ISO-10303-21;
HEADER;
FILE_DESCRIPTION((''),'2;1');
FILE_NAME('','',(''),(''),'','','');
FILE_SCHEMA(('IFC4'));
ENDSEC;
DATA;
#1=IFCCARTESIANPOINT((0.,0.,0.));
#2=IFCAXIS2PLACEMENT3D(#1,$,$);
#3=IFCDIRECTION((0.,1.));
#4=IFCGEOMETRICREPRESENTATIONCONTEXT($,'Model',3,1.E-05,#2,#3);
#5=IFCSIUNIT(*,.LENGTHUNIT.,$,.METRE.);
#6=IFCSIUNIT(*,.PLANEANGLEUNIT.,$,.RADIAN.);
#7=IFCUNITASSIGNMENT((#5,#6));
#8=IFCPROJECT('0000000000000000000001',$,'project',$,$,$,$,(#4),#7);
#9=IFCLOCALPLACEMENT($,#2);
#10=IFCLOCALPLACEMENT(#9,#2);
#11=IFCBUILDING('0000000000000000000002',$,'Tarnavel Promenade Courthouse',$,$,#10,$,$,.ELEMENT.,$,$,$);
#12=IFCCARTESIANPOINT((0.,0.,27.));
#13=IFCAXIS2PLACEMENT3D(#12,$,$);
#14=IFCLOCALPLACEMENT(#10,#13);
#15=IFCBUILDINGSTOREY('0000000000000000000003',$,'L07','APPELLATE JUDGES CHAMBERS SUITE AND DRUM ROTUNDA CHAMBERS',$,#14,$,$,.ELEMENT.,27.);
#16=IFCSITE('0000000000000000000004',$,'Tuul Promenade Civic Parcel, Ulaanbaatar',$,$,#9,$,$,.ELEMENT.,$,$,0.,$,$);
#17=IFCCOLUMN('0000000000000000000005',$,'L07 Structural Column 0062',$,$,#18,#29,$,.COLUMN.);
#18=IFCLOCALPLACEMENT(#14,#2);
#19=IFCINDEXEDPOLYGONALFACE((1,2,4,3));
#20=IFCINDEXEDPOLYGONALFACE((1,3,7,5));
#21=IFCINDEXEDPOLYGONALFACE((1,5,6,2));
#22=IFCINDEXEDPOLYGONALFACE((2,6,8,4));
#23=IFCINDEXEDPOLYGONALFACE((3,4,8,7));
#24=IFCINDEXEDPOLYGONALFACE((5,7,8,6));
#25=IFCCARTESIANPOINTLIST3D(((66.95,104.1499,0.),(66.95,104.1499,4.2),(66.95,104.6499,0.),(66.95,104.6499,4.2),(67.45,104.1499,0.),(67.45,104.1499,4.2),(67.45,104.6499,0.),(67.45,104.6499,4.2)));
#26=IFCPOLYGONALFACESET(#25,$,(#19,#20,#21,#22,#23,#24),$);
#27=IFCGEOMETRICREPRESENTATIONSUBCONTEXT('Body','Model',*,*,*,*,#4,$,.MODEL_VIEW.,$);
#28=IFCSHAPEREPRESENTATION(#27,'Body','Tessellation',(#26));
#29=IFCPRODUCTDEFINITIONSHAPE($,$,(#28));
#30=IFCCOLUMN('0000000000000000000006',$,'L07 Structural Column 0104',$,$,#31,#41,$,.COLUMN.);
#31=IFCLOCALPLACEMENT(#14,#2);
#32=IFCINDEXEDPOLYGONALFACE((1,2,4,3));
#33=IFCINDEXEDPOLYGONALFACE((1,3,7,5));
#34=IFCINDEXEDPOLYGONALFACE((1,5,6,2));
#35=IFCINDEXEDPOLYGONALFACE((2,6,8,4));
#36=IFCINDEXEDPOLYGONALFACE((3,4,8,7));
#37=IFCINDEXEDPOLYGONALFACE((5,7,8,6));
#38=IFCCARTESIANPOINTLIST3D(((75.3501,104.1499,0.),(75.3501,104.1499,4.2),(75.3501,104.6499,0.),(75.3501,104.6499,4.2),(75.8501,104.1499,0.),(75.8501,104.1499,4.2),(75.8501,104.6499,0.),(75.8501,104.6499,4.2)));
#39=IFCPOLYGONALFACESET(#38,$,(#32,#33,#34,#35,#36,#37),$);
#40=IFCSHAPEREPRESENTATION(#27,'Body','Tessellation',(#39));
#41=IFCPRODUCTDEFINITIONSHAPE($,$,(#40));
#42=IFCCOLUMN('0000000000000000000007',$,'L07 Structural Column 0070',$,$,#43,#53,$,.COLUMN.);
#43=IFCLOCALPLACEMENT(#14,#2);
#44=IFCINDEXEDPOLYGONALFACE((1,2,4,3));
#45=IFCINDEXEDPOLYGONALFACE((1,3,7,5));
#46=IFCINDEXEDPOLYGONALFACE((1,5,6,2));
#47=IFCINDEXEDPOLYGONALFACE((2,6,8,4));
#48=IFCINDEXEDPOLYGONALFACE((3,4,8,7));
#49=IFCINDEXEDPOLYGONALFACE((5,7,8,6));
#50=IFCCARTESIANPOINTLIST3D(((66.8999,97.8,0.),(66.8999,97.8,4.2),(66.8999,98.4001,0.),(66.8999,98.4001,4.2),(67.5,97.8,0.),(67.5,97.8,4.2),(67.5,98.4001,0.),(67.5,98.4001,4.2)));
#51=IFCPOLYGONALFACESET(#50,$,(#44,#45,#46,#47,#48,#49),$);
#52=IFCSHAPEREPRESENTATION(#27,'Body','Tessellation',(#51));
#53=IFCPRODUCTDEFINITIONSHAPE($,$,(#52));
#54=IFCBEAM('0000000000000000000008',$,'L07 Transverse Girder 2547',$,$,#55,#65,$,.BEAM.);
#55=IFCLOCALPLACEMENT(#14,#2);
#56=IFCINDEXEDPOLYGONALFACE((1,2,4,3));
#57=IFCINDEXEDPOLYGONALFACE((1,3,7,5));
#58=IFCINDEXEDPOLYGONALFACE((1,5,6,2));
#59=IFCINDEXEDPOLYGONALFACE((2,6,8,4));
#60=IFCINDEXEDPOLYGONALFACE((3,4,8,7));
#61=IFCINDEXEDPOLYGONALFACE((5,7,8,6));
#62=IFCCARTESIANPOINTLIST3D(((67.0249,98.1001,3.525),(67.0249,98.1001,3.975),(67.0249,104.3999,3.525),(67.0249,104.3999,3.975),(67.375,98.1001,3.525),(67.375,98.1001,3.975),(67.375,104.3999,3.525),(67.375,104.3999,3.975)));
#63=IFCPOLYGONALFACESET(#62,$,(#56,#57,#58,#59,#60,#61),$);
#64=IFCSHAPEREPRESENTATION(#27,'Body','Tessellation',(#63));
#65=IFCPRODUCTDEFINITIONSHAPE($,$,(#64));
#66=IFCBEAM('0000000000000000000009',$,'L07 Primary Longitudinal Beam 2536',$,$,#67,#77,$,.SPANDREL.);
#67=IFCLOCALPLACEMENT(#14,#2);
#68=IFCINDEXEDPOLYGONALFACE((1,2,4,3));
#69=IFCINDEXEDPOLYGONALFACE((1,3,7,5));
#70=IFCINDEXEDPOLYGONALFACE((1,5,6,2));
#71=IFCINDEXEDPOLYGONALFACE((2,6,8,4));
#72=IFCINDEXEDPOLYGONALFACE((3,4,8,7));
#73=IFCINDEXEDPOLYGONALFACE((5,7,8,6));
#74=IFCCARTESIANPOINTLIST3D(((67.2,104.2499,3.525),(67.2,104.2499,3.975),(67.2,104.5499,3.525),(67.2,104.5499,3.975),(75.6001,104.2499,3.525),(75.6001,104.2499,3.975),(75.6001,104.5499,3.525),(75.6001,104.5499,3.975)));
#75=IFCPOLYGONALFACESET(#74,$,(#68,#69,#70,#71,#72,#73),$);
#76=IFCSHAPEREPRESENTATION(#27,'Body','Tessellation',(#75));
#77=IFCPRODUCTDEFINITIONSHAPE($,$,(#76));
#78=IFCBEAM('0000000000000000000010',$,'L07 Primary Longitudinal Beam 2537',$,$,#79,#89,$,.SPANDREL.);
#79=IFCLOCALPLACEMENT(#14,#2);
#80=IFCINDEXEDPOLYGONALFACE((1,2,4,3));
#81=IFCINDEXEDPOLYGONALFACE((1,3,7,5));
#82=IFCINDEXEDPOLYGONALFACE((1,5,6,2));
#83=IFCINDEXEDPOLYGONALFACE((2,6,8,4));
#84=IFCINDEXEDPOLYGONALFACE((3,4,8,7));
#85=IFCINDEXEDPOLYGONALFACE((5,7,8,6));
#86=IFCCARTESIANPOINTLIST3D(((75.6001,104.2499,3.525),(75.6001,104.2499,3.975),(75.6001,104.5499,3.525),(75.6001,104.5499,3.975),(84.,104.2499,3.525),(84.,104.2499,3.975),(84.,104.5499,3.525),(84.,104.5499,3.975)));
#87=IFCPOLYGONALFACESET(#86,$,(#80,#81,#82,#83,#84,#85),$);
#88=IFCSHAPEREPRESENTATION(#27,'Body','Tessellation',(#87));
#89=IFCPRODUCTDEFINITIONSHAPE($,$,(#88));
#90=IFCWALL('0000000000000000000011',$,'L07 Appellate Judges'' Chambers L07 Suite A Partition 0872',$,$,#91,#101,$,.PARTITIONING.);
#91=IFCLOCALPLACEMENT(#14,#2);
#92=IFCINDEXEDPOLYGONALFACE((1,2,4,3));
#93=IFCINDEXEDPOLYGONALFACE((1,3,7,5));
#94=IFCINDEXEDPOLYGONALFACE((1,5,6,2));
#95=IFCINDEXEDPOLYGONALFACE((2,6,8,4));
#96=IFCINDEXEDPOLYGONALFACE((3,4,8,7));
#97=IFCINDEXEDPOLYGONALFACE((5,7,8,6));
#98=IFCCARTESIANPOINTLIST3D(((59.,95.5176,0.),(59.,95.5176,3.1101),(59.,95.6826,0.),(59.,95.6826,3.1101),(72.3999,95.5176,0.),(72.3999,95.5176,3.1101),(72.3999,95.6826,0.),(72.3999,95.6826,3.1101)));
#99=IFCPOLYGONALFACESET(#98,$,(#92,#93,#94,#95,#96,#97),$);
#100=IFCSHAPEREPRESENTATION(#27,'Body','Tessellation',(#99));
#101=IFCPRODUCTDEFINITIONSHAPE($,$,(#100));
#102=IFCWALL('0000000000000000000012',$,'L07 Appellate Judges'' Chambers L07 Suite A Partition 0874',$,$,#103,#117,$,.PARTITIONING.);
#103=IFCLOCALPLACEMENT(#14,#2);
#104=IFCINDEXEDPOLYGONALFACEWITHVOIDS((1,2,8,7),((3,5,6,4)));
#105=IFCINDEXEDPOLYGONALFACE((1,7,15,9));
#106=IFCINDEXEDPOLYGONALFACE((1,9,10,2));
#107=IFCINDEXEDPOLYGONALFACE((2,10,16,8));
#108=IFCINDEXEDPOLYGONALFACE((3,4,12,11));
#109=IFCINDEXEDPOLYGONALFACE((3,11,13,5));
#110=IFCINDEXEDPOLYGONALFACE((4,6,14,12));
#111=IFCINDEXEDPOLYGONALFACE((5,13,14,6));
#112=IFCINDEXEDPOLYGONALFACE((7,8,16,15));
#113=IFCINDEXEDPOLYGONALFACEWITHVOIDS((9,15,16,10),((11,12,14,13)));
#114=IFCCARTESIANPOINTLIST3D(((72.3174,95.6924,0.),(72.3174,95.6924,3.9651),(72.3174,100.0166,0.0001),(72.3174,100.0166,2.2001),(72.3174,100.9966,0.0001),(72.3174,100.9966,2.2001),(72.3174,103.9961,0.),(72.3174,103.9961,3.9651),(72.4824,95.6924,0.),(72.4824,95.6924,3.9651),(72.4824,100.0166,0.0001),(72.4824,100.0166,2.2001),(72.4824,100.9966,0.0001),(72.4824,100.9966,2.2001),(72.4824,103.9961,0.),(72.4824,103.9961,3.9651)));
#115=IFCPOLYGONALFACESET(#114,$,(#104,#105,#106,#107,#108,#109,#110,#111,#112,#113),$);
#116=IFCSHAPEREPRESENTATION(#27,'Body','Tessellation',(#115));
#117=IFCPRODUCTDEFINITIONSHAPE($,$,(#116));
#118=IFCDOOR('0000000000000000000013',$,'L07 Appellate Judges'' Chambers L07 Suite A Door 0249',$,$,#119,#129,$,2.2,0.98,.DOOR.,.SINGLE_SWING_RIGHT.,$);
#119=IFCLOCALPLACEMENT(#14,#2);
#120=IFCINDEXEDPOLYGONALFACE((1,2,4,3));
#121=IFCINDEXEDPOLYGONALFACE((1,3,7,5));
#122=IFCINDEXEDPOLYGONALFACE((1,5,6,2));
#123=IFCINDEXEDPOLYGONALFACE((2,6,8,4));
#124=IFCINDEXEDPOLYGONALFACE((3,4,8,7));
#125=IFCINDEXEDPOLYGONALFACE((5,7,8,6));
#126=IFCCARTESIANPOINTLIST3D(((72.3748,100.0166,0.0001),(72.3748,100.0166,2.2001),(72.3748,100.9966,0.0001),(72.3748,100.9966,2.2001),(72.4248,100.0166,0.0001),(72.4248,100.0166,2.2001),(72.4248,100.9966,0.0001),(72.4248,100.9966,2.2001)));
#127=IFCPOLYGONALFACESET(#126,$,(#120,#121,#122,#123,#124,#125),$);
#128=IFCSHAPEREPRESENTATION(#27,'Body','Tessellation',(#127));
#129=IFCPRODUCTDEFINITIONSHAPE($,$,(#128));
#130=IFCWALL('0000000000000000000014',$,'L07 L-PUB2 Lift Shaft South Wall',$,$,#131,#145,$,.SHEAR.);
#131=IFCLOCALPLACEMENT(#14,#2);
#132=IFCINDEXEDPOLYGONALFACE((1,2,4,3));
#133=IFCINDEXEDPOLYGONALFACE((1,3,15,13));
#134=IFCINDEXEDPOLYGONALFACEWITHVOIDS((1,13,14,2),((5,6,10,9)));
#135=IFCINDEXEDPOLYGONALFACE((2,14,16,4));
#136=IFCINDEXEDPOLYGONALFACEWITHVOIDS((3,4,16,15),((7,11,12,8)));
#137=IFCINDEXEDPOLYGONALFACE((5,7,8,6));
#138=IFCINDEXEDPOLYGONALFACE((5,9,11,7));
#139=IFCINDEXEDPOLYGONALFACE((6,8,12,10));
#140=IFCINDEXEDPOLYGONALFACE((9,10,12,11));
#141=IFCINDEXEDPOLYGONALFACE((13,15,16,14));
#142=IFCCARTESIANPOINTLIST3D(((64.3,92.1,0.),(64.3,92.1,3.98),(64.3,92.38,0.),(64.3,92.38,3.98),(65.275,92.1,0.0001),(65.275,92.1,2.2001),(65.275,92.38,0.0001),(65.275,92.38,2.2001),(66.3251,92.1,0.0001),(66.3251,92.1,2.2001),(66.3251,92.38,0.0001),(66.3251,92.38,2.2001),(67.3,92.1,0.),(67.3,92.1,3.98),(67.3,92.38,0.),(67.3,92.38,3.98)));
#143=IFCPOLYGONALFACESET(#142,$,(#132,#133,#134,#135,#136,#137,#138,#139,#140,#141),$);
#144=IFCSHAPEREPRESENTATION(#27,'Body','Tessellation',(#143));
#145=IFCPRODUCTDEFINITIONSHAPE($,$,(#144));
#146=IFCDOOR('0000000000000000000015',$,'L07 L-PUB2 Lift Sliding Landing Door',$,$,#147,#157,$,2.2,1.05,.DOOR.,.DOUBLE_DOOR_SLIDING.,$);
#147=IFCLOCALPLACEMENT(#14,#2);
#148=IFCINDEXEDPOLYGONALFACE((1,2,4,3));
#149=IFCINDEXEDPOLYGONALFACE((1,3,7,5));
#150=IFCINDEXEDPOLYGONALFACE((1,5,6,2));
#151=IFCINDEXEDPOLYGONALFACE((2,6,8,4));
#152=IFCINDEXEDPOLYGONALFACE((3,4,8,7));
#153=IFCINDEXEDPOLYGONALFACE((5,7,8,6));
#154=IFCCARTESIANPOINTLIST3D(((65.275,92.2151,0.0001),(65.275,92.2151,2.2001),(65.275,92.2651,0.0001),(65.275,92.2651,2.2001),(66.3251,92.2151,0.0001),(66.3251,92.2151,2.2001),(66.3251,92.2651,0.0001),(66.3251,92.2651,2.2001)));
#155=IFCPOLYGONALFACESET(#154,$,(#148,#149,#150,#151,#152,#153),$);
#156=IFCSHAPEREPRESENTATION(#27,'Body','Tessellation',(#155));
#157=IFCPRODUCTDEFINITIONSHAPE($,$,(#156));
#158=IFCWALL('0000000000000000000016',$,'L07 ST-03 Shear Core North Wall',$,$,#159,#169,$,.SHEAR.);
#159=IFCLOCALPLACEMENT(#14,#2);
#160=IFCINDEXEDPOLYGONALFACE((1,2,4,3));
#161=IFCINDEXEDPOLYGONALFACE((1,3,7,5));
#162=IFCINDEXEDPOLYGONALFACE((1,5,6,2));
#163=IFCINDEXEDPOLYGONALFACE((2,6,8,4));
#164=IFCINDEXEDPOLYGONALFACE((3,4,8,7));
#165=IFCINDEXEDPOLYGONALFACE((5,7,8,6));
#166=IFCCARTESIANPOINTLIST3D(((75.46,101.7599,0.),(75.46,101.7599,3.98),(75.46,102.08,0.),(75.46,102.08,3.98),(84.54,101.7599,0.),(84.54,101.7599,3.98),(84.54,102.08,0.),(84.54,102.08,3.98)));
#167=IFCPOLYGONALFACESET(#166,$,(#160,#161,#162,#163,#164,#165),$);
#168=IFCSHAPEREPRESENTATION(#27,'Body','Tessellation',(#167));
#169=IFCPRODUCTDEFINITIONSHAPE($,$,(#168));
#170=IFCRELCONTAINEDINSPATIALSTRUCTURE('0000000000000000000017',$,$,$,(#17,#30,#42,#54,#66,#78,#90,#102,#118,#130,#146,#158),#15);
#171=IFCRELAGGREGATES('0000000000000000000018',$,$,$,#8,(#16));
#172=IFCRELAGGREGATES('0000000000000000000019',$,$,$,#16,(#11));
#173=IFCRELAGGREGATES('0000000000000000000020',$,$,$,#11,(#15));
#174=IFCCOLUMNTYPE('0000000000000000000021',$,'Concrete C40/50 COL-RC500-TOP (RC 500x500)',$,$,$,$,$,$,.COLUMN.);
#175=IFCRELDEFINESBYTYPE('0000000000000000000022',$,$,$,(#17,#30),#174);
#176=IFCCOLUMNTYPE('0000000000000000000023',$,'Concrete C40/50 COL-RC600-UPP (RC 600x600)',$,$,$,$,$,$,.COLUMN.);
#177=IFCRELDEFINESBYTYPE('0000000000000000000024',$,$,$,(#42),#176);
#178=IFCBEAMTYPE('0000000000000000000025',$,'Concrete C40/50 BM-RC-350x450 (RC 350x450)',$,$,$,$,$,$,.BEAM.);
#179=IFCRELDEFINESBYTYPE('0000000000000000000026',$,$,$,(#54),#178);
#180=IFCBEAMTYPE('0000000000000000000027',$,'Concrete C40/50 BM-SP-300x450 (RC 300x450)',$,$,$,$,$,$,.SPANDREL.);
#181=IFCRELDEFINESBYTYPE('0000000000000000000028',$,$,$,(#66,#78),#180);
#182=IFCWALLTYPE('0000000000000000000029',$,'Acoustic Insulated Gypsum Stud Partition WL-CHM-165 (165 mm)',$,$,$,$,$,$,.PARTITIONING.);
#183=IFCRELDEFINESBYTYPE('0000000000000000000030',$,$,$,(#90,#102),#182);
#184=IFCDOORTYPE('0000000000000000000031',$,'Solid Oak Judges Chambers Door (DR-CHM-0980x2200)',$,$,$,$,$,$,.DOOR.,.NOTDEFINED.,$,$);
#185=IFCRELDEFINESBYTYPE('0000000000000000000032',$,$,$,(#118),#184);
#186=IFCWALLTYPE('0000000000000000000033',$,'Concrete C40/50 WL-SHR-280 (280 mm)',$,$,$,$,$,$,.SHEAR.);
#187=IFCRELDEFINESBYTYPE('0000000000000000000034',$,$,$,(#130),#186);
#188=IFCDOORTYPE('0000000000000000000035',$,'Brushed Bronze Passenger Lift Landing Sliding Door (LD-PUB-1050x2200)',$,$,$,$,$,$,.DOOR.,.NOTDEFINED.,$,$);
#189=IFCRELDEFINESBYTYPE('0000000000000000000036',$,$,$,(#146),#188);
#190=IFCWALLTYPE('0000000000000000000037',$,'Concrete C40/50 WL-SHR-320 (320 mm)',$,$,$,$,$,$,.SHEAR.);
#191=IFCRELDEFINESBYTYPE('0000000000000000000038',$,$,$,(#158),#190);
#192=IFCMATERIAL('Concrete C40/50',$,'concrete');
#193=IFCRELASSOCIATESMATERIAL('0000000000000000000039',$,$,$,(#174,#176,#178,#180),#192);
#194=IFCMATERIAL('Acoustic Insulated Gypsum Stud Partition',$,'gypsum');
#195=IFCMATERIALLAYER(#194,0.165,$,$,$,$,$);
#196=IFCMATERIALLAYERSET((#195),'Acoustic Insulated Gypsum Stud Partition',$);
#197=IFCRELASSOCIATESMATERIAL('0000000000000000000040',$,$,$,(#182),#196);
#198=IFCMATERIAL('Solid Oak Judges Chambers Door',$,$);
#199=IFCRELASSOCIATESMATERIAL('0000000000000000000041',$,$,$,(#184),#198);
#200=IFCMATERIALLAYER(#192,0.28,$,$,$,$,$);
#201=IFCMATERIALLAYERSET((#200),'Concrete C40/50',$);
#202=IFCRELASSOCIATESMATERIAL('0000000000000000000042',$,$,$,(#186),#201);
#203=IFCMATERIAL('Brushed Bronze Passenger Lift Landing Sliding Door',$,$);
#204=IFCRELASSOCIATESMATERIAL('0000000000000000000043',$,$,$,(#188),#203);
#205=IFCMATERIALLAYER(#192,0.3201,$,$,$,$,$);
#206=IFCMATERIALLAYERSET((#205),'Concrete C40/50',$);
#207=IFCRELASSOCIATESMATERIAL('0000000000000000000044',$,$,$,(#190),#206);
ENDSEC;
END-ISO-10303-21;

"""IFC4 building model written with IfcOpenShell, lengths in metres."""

from ifc_helpers import new_model, si_unit, direction, frame, frame_2d, origin, origin_2d, place, context, subcontext, project, spatial, rectangle, extrude, material, layer, layer_set, material_profile, profile_set, type_object, element, fill, save


model = new_model("IFC4")

# Units and contexts
model_context = context("Model", 3, precision=1e-05, world=origin(), true_north=direction((0.0, 1.0)))
body_context = subcontext(model_context, "Body", "Model", "MODEL_VIEW")
ifc_project = project(units=[si_unit("LENGTHUNIT", "METRE"), si_unit("PLANEANGLEUNIT", "RADIAN")], contexts=[model_context])

# Site, building, storey
site_placement = place(None, origin())
site = spatial("IfcSite", under=ifc_project, at=site_placement, Name="Tuul Promenade Civic Parcel, Ulaanbaatar", CompositionType="ELEMENT", RefElevation=0.0)
building_placement = place(site_placement, origin())
building = spatial("IfcBuilding", under=site, at=building_placement, Name="Tarnavel Promenade Courthouse", CompositionType="ELEMENT")
storey_placement = place(building_placement, frame((0.0, 0.0, 27.0)))
storey = spatial("IfcBuildingStorey", under=building, at=storey_placement, Name="L07", Description="APPELLATE JUDGES CHAMBERS SUITE AND DRUM ROTUNDA CHAMBERS", CompositionType="ELEMENT", Elevation=27.0)

# Columns
ifc_material_1 = material(Name="Concrete C40/50", Category="concrete")
ifc_material_profile_1 = material_profile(ifc_material_1, rectangle(XDim=0.5, YDim=0.5, at=origin_2d()), Name="RC 500x500")
ifc_profile_set_1 = profile_set([ifc_material_profile_1], Name="Concrete C40/50")
column_type_1 = type_object("IfcColumnType", Name="Concrete C40/50 COL-RC500-TOP (RC 500x500)", PredefinedType="COLUMN", material=ifc_profile_set_1)
for number, where, z_axis, x_axis, name in (
    (1, (67.2, 104.3999, 0.0), (0.0, 0.0, 1.0), (1.0, 0.0, 0.0), "L07 Structural Column 0062"),
    (2, (75.6001, 104.3999, 0.0), (0.0, 0.0, 1.0), (1.0, 0.0, 0.0), "L07 Structural Column 0104"),
):
    element("IfcColumn", number, at=place(storey_placement, frame(where, z_axis=z_axis, x_axis=x_axis)), inside=storey, type_object=column_type_1, Name=name, PredefinedType="COLUMN", context=body_context, shape_type="SweptSolid", body=[
        extrude(rectangle(XDim=0.5, YDim=0.5, at=origin_2d()), origin(), (0.0, 0.0, 1.0), 4.2),
    ])
ifc_material_profile_2 = material_profile(ifc_material_1, rectangle(XDim=0.6001, YDim=0.6001, at=origin_2d()), Name="RC 600x600")
ifc_profile_set_2 = profile_set([ifc_material_profile_2], Name="Concrete C40/50")
column_type_2 = type_object("IfcColumnType", Name="Concrete C40/50 COL-RC600-UPP (RC 600x600)", PredefinedType="COLUMN", material=ifc_profile_set_2)
column_placement = place(storey_placement, frame((67.2, 98.1001, 0.0), z_axis=(0.0, 0.0, 1.0), x_axis=(1.0, 0.0, 0.0)))
element("IfcColumn", 3, at=column_placement, inside=storey, type_object=column_type_2, Name="L07 Structural Column 0070", PredefinedType="COLUMN", context=body_context, shape_type="SweptSolid", body=[
    extrude(rectangle(XDim=0.6001, YDim=0.6001, at=origin_2d()), origin(), (0.0, 0.0, 1.0), 4.2),
])

# Beams
ifc_material_profile_3 = material_profile(ifc_material_1, rectangle(XDim=0.3501, YDim=0.45, at=origin_2d()), Name="RC 350x450")
ifc_profile_set_3 = profile_set([ifc_material_profile_3], Name="Concrete C40/50")
beam_type_1 = type_object("IfcBeamType", Name="Concrete C40/50 BM-RC-350x450 (RC 350x450)", PredefinedType="BEAM", material=ifc_profile_set_3)
beam_1_placement = place(storey_placement, frame((67.2, 98.1001, 3.75), z_axis=(0.0, 1.0, 0.0), x_axis=(-1.0, 0.0, 0.0)))
element("IfcBeam", 4, at=beam_1_placement, inside=storey, type_object=beam_type_1, Name="L07 Transverse Girder 2547", PredefinedType="BEAM", context=body_context, shape_type="SweptSolid", body=[
    extrude(rectangle(XDim=0.3501, YDim=0.45, at=origin_2d()), origin(), (0.0, 0.0, 1.0), 6.2998),
])
ifc_material_profile_4 = material_profile(ifc_material_1, rectangle(XDim=0.3, YDim=0.45, at=origin_2d()), Name="RC 300x450")
ifc_profile_set_4 = profile_set([ifc_material_profile_4], Name="Concrete C40/50")
beam_type_2 = type_object("IfcBeamType", Name="Concrete C40/50 BM-SP-300x450 (RC 300x450)", PredefinedType="SPANDREL", material=ifc_profile_set_4)
beam_2_placement = place(storey_placement, frame((67.2, 104.3999, 3.75), z_axis=(1.0, 0.0, 0.0), x_axis=(0.0, 1.0, 0.0)))
element("IfcBeam", 5, at=beam_2_placement, inside=storey, type_object=beam_type_2, Name="L07 Primary Longitudinal Beam 2536", PredefinedType="SPANDREL", context=body_context, shape_type="SweptSolid", body=[
    extrude(rectangle(XDim=0.3, YDim=0.45, at=origin_2d()), origin(), (0.0, 0.0, 1.0), 8.4001),
])
beam_3_placement = place(storey_placement, frame((75.6001, 104.3999, 3.75), z_axis=(1.0, 0.0, 0.0), x_axis=(0.0, 1.0, 0.0)))
element("IfcBeam", 6, at=beam_3_placement, inside=storey, type_object=beam_type_2, Name="L07 Primary Longitudinal Beam 2537", PredefinedType="SPANDREL", context=body_context, shape_type="SweptSolid", body=[
    extrude(rectangle(XDim=0.3, YDim=0.45, at=origin_2d()), origin(), (0.0, 0.0, 1.0), 8.3999),
])

# Wall
ifc_material_2 = material(Name="Acoustic Insulated Gypsum Stud Partition", Category="gypsum")
ifc_layer_1 = layer(ifc_material_2, 0.165)
ifc_layer_set_1 = layer_set([ifc_layer_1], Name="Acoustic Insulated Gypsum Stud Partition")
wall_type_1 = type_object("IfcWallType", Name="Acoustic Insulated Gypsum Stud Partition WL-CHM-165 (165 mm)", PredefinedType="PARTITIONING", material=ifc_layer_set_1)
wall_1_placement = place(storey_placement, frame((72.3999, 95.6001, 0.0), z_axis=(0.0, 0.0, 1.0), x_axis=(-1.0, 0.0, 0.0)))
element("IfcWall", 7, at=wall_1_placement, inside=storey, type_object=wall_type_1, Name="L07 Appellate Judges' Chambers L07 Suite A Partition 0872", PredefinedType="PARTITIONING", context=body_context, shape_type="SweptSolid", body=[
    extrude(rectangle(XDim=13.3999, YDim=0.165, at=frame_2d((6.7, 0.0))), origin(), (0.0, 0.0, 1.0), 3.1101),
])

# Walls, openings, doors
wall_2_placement = place(storey_placement, frame((72.3999, 103.9961, 0.0), z_axis=(0.0, 0.0, 1.0), x_axis=(0.0, -1.0, 0.0)))
wall_2 = element("IfcWall", 8, at=wall_2_placement, inside=storey, type_object=wall_type_1, Name="L07 Appellate Judges' Chambers L07 Suite A Partition 0874", PredefinedType="PARTITIONING", context=body_context, shape_type="SweptSolid", body=[
    extrude(rectangle(XDim=8.3037, YDim=0.165, at=frame_2d((4.1519, 0.0))), origin(), (0.0, 0.0, 1.0), 3.9651),
])
opening_1_placement = place(wall_2_placement, frame((2.9995, 0.0, 0.0)))
opening_1 = element("IfcOpeningElement", 9, at=opening_1_placement, cuts=wall_2, PredefinedType="OPENING", context=body_context, shape_type="SweptSolid", body=[
    extrude(rectangle(XDim=0.98, YDim=2.2, at=frame_2d((0.49, 1.1001))), frame((0.0, 0.0925, 0.0), z_axis=(0.0, -1.0, 0.0), x_axis=(1.0, 0.0, 0.0)), (0.0, 0.0, 1.0), 0.1851),
])
ifc_material_3 = material(Name="Solid Oak Judges Chambers Door")
door_type_1 = type_object("IfcDoorType", Name="Solid Oak Judges Chambers Door (DR-CHM-0980x2200)", OperationType="NOTDEFINED", PredefinedType="DOOR", material=ifc_material_3)
door_1_placement = place(opening_1_placement, origin())
door_1 = element("IfcDoor", 10, at=door_1_placement, inside=storey, type_object=door_type_1, Name="L07 Appellate Judges' Chambers L07 Suite A Door 0249", OperationType="SINGLE_SWING_RIGHT", OverallHeight=2.2, OverallWidth=0.98, PredefinedType="DOOR", context=body_context, shape_type="SweptSolid", body=[
    extrude(rectangle(XDim=0.98, YDim=2.2, at=frame_2d((0.49, 1.1001))), frame((0.0, 0.0249, 0.0), z_axis=(0.0, -1.0, 0.0), x_axis=(1.0, 0.0, 0.0)), (0.0, 0.0, 1.0), 0.05),
])
fill(opening_1, door_1)
ifc_layer_2 = layer(ifc_material_1, 0.28)
ifc_layer_set_2 = layer_set([ifc_layer_2], Name="Concrete C40/50")
wall_type_2 = type_object("IfcWallType", Name="Concrete C40/50 WL-SHR-280 (280 mm)", PredefinedType="SHEAR", material=ifc_layer_set_2)
wall_3_placement = place(storey_placement, frame((67.3, 92.24, 0.0), z_axis=(0.0, 0.0, 1.0), x_axis=(-1.0, 0.0, 0.0)))
wall_3 = element("IfcWall", 11, at=wall_3_placement, inside=storey, type_object=wall_type_2, Name="L07 L-PUB2 Lift Shaft South Wall", PredefinedType="SHEAR", context=body_context, shape_type="SweptSolid", body=[
    extrude(rectangle(XDim=3.0, YDim=0.28, at=frame_2d((1.5, 0.0))), origin(), (0.0, 0.0, 1.0), 3.98),
])
opening_2_placement = place(wall_3_placement, frame((0.9751, 0.0, 0.0)))
opening_2 = element("IfcOpeningElement", 12, at=opening_2_placement, cuts=wall_3, PredefinedType="OPENING", context=body_context, shape_type="SweptSolid", body=[
    extrude(rectangle(XDim=1.05, YDim=2.2, at=frame_2d((0.5249, 1.1001))), frame((0.0, 0.1499, 0.0), z_axis=(0.0, -1.0, 0.0), x_axis=(1.0, 0.0, 0.0)), (0.0, 0.0, 1.0), 0.3),
])
ifc_material_4 = material(Name="Brushed Bronze Passenger Lift Landing Sliding Door")
door_type_2 = type_object("IfcDoorType", Name="Brushed Bronze Passenger Lift Landing Sliding Door (LD-PUB-1050x2200)", OperationType="NOTDEFINED", PredefinedType="DOOR", material=ifc_material_4)
door_2_placement = place(opening_2_placement, origin())
door_2 = element("IfcDoor", 13, at=door_2_placement, inside=storey, type_object=door_type_2, Name="L07 L-PUB2 Lift Sliding Landing Door", OperationType="DOUBLE_DOOR_SLIDING", OverallHeight=2.2, OverallWidth=1.05, PredefinedType="DOOR", context=body_context, shape_type="SweptSolid", body=[
    extrude(rectangle(XDim=1.05, YDim=2.2, at=frame_2d((0.5249, 1.1001))), frame((0.0, 0.0249, 0.0), z_axis=(0.0, -1.0, 0.0), x_axis=(1.0, 0.0, 0.0)), (0.0, 0.0, 1.0), 0.05),
])
fill(opening_2, door_2)

# Wall
ifc_layer_3 = layer(ifc_material_1, 0.3201)
ifc_layer_set_3 = layer_set([ifc_layer_3], Name="Concrete C40/50")
wall_type_3 = type_object("IfcWallType", Name="Concrete C40/50 WL-SHR-320 (320 mm)", PredefinedType="SHEAR", material=ifc_layer_set_3)
wall_4_placement = place(storey_placement, frame((75.46, 101.9199, 0.0), z_axis=(0.0, 0.0, 1.0), x_axis=(1.0, 0.0, 0.0)))
element("IfcWall", 14, at=wall_4_placement, inside=storey, type_object=wall_type_3, Name="L07 ST-03 Shear Core North Wall", PredefinedType="SHEAR", context=body_context, shape_type="SweptSolid", body=[
    extrude(rectangle(XDim=9.0801, YDim=0.3201, at=frame_2d((4.54, 0.0))), origin(), (0.0, 0.0, 1.0), 3.98),
])

save(model, "model.ifc")
